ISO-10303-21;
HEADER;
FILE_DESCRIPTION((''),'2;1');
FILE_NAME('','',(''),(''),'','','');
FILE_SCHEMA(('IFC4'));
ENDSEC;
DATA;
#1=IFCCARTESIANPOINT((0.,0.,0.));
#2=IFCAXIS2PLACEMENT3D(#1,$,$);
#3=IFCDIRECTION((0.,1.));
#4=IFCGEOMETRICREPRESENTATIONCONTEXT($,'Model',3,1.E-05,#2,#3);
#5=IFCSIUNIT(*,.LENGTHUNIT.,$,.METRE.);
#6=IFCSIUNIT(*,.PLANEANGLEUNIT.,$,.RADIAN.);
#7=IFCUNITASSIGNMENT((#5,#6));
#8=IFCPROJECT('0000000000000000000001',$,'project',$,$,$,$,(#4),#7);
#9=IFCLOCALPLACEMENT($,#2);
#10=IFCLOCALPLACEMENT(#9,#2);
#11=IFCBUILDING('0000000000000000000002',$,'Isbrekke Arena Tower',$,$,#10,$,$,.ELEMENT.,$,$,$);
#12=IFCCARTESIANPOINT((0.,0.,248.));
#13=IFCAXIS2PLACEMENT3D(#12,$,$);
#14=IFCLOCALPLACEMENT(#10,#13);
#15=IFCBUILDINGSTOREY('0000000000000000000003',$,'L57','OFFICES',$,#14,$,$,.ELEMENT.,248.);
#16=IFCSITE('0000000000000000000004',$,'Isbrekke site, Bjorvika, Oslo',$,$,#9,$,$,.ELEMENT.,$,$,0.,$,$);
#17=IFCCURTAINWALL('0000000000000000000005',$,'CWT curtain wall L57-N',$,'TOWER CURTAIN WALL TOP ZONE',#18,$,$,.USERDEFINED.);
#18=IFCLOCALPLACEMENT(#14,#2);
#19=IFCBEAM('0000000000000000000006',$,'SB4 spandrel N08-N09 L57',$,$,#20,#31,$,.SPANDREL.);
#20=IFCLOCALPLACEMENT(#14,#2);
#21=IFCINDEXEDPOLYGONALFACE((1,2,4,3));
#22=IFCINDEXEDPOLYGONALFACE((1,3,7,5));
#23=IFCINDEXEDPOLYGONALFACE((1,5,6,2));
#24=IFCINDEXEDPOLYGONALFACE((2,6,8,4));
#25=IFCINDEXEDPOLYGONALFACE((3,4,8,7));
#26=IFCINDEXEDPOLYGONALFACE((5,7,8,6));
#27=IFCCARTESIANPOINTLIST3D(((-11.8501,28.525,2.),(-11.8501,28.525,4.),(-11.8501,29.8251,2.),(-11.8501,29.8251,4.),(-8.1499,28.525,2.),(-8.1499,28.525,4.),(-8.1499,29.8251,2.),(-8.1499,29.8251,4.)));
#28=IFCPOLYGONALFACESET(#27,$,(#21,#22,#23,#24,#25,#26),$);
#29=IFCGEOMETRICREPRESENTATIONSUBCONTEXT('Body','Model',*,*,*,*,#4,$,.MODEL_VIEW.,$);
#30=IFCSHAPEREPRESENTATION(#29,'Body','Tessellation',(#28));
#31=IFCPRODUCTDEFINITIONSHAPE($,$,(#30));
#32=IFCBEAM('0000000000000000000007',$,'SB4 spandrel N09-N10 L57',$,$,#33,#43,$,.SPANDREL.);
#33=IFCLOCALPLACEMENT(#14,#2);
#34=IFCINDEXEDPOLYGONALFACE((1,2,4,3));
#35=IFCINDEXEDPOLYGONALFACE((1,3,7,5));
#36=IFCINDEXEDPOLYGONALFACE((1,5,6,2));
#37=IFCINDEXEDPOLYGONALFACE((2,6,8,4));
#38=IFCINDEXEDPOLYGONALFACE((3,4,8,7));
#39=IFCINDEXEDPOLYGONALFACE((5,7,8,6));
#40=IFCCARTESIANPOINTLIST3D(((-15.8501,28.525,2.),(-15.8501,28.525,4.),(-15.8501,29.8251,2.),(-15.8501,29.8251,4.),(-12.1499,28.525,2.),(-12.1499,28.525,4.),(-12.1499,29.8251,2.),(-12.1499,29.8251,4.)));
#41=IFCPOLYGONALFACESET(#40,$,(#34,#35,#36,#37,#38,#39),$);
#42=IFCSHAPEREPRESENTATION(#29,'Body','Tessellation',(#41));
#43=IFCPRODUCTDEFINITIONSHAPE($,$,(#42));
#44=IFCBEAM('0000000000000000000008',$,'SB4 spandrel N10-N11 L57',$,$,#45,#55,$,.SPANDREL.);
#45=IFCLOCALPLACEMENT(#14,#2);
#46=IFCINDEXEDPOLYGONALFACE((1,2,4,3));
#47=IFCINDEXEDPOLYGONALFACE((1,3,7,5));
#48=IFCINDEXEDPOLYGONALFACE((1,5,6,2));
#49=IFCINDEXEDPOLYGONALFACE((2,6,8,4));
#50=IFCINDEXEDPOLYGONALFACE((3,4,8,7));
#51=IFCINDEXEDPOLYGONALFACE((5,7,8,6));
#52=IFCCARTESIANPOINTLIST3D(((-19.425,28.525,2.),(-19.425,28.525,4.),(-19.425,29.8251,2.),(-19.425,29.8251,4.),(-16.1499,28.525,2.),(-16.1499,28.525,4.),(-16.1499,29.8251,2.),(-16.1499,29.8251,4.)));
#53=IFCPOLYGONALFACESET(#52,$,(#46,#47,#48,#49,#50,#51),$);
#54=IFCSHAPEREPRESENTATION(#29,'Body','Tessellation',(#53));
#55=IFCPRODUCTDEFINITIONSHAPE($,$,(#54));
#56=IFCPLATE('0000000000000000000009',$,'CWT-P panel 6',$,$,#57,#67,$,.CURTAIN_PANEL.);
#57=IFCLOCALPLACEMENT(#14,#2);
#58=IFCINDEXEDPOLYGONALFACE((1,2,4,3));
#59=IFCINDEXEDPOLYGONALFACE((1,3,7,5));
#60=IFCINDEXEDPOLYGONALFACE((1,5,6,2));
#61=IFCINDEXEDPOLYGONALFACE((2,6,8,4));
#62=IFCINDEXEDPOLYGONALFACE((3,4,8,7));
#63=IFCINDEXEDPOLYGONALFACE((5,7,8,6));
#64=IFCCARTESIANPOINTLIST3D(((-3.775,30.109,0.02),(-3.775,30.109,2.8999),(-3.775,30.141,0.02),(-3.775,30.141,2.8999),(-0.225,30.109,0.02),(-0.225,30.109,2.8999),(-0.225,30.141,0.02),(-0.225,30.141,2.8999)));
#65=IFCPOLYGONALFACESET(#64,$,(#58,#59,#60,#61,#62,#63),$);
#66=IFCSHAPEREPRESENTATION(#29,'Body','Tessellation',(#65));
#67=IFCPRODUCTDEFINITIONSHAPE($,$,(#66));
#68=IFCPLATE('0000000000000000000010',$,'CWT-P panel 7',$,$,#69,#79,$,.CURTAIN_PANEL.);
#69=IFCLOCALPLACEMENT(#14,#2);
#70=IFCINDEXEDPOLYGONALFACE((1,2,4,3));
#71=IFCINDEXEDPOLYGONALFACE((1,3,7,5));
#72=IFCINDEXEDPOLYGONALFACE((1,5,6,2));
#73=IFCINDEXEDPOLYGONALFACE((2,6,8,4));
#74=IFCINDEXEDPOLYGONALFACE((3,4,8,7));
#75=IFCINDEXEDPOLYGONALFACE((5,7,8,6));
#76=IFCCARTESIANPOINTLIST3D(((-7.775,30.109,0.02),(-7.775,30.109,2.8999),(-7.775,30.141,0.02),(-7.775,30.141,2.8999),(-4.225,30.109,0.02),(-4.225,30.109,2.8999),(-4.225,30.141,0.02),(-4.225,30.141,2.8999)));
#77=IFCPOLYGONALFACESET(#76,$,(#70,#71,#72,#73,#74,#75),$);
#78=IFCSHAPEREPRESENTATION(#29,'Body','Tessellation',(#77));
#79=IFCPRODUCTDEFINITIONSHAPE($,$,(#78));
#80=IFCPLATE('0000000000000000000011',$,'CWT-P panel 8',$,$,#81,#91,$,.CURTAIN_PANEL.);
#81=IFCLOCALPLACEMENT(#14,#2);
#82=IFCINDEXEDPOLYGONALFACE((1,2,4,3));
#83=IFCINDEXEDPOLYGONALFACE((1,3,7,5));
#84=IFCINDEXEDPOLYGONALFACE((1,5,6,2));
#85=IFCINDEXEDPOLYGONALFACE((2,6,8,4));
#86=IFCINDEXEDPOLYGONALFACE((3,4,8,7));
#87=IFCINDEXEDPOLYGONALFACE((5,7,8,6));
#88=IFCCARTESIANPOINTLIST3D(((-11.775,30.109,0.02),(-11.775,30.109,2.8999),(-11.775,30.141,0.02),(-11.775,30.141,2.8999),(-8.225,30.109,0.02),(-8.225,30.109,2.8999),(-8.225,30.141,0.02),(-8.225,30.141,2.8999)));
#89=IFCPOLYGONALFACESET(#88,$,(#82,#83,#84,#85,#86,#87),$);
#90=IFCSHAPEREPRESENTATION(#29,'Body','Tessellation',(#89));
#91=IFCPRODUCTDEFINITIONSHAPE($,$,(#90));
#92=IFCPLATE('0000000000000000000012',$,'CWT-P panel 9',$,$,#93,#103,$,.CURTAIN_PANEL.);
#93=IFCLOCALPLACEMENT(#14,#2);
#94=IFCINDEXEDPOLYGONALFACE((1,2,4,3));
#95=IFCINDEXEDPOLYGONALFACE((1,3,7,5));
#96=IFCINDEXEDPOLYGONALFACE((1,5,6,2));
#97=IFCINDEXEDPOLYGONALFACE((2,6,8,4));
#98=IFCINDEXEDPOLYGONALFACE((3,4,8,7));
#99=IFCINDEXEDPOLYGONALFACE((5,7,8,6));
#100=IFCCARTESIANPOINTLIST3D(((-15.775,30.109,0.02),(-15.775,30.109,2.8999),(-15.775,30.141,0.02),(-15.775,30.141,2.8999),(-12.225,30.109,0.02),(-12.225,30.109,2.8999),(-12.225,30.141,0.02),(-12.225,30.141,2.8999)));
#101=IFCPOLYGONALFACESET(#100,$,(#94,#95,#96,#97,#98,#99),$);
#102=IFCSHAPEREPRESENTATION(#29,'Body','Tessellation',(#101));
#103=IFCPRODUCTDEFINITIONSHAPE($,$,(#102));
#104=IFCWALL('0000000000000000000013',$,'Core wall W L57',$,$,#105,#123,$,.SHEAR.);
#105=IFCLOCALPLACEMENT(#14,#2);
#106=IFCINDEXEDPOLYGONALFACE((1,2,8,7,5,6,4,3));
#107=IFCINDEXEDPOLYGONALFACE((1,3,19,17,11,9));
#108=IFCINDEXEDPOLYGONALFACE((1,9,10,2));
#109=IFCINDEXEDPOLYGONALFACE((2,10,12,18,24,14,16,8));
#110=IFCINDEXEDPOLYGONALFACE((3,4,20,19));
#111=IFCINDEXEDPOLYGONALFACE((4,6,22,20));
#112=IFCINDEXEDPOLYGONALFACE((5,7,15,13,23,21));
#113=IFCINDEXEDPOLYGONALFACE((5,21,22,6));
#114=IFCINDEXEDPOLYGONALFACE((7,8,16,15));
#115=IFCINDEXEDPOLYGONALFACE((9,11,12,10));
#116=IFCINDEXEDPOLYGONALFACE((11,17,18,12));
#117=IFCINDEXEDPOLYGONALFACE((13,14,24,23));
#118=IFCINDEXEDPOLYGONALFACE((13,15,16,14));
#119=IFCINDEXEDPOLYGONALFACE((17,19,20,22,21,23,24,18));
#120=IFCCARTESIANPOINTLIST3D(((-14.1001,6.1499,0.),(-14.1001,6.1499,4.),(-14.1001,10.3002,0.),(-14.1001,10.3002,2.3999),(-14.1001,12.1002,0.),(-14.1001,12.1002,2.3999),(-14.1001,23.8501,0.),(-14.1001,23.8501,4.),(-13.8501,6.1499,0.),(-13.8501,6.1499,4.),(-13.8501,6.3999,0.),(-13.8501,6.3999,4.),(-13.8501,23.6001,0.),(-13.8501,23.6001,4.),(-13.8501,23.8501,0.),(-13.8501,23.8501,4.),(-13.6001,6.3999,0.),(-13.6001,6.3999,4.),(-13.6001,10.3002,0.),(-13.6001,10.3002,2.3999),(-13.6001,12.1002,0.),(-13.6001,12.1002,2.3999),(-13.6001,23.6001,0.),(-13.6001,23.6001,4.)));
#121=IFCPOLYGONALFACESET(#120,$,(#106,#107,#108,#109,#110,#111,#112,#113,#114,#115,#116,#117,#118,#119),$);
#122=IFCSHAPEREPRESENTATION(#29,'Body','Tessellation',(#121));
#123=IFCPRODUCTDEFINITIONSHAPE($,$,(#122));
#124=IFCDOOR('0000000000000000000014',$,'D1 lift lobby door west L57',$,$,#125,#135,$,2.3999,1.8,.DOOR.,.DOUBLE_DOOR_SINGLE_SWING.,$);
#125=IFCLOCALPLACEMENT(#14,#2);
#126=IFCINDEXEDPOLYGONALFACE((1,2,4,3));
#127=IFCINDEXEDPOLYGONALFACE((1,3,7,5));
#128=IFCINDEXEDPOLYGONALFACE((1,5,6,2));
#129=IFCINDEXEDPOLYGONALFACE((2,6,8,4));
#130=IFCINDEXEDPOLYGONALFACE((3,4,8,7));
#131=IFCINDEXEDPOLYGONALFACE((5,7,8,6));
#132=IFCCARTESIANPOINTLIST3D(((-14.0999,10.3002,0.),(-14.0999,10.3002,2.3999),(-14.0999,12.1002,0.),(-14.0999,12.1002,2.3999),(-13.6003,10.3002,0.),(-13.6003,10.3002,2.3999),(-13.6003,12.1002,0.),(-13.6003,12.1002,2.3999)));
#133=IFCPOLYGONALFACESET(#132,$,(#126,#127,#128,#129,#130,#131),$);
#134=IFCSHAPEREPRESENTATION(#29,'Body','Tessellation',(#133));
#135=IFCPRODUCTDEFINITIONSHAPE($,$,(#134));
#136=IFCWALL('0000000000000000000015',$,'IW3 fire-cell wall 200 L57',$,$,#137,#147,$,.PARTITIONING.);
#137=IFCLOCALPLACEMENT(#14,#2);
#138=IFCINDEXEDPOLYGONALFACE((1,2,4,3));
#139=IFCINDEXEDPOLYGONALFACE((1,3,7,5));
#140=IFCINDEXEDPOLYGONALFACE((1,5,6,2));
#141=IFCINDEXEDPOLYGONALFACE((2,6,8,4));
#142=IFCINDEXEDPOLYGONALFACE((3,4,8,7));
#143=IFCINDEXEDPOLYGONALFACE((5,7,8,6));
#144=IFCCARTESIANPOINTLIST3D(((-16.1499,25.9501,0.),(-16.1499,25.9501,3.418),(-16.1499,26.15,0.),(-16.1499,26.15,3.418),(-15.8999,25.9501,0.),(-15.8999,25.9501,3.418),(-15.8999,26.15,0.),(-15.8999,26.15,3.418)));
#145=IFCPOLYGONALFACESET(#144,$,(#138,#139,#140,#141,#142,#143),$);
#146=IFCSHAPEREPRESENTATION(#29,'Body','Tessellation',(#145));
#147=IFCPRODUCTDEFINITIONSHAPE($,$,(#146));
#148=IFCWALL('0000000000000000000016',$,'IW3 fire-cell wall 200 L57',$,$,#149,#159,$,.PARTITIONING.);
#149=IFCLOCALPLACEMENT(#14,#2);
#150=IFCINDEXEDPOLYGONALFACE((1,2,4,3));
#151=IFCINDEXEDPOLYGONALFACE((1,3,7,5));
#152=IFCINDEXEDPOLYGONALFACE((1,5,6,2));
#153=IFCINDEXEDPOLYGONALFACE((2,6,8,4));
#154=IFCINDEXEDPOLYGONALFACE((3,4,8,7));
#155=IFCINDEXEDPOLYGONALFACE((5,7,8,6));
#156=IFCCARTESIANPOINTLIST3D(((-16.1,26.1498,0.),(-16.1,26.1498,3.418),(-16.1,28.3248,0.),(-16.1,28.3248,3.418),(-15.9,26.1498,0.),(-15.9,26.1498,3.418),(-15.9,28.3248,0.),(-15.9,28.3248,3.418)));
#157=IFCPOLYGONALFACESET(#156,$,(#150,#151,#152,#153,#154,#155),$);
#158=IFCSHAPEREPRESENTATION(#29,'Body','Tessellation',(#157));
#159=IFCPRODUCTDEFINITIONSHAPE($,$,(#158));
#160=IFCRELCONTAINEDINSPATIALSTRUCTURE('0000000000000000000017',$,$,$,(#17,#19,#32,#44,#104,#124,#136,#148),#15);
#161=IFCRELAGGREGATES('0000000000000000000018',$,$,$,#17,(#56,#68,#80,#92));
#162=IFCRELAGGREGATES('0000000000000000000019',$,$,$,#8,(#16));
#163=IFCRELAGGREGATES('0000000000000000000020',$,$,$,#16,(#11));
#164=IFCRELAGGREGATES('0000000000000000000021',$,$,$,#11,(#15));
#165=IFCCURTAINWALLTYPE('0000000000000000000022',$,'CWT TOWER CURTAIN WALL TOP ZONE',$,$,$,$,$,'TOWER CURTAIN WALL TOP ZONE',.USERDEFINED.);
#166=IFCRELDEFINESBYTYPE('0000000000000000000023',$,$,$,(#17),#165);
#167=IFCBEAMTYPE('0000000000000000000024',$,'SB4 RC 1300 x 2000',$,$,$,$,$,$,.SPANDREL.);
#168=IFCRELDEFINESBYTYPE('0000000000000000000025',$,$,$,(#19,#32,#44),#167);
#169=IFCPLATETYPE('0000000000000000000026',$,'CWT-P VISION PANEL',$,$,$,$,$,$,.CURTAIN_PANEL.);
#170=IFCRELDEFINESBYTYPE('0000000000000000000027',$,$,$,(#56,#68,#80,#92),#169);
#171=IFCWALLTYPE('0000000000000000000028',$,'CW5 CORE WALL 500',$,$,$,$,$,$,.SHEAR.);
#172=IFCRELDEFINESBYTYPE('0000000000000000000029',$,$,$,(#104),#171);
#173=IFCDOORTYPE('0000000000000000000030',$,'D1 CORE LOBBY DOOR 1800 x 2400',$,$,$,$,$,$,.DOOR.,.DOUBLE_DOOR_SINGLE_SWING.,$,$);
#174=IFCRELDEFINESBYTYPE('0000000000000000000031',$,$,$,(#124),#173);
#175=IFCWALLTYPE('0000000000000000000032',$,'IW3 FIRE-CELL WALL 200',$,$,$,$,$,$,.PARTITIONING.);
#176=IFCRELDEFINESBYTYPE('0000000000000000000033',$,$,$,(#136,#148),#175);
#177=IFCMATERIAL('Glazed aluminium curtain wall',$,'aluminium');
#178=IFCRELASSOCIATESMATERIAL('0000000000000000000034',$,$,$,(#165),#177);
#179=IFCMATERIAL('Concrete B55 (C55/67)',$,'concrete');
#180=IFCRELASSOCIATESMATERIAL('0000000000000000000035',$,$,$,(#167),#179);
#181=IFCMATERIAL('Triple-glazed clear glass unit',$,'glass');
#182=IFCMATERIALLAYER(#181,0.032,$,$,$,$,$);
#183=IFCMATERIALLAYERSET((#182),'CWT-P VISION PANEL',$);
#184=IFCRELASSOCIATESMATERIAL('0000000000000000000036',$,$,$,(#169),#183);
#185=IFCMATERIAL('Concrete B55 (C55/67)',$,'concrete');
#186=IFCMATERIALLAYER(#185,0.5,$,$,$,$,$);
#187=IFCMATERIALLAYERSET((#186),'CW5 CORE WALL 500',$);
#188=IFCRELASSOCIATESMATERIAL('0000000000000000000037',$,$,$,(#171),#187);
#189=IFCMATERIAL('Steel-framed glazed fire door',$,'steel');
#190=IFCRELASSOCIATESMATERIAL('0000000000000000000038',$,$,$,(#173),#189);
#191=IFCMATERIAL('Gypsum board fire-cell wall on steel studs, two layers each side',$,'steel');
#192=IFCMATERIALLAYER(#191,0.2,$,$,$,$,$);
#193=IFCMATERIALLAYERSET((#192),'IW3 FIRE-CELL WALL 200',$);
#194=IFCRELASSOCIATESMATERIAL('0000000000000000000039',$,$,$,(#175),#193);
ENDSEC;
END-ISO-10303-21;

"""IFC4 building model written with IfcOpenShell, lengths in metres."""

from ifc_helpers import new_model, si_unit, direction, frame, frame_2d, origin, origin_2d, place, context, subcontext, project, spatial, polyline, rectangle, outline, extrude, material, layer, layer_set, material_profile, profile_set, type_object, element, fill, aggregate, save


model = new_model("IFC4")

# Units and contexts
model_context = context("Model", 3, precision=1e-05, world=origin(), true_north=direction((0.0, 1.0)))
body_context = subcontext(model_context, "Body", "Model", "MODEL_VIEW")
ifc_project = project(units=[si_unit("LENGTHUNIT", "METRE"), si_unit("PLANEANGLEUNIT", "RADIAN")], contexts=[model_context])

# Site, building, storey
site_placement = place(None, origin())
site = spatial("IfcSite", under=ifc_project, at=site_placement, Name="Isbrekke site, Bjorvika, Oslo", CompositionType="ELEMENT", RefElevation=0.0)
building_placement = place(site_placement, origin())
building = spatial("IfcBuilding", under=site, at=building_placement, Name="Isbrekke Arena Tower", CompositionType="ELEMENT")
storey_placement = place(building_placement, frame((0.0, 0.0, 248.0)))
storey = spatial("IfcBuildingStorey", under=building, at=storey_placement, Name="L57", Description="OFFICES", CompositionType="ELEMENT", Elevation=248.0)

# Curtain wall
ifc_material_1 = material(Name="Glazed aluminium curtain wall", Category="aluminium")
curtain_wall_type = type_object("IfcCurtainWallType", Name="CWT TOWER CURTAIN WALL TOP ZONE", ElementType="TOWER CURTAIN WALL TOP ZONE", PredefinedType="USERDEFINED", material=ifc_material_1)
curtain_wall_placement = place(storey_placement, origin())
curtain_wall = element("IfcCurtainWall", 1, at=curtain_wall_placement, inside=storey, type_object=curtain_wall_type, Name="CWT curtain wall L57-N", ObjectType="TOWER CURTAIN WALL TOP ZONE", PredefinedType="USERDEFINED")

# Beams
ifc_material_2 = material(Name="Concrete B55 (C55/67)", Category="concrete")
ifc_material_profile_1 = material_profile(ifc_material_2, rectangle(XDim=1.3, YDim=2.0, at=origin_2d()), Name="RC 1300x2000")
ifc_profile_set_1 = profile_set([ifc_material_profile_1], Name="Concrete B55 (C55/67)")
beam_type_1 = type_object("IfcBeamType", Name="SB4 RC 1300 x 2000", PredefinedType="SPANDREL", material=ifc_profile_set_1)
for number, where, z_axis, x_axis, name in (
    (2, (-8.1499, 29.175, 3.0), (-1.0, 0.0, 0.0), (0.0, -1.0, 0.0), "SB4 spandrel N08-N09 L57"),
    (3, (-12.1499, 29.175, 3.0), (-1.0, 0.0, 0.0), (0.0, -1.0, 0.0), "SB4 spandrel N09-N10 L57"),
):
    element("IfcBeam", number, at=place(storey_placement, frame(where, z_axis=z_axis, x_axis=x_axis)), inside=storey, type_object=beam_type_1, Name=name, PredefinedType="SPANDREL", context=body_context, shape_type="SweptSolid", body=[
        extrude(rectangle(XDim=1.3, YDim=2.0, at=origin_2d()), origin(), (0.0, 0.0, 1.0), 3.7002),
    ])
beam_1_placement = place(storey_placement, frame((-16.1499, 29.175, 3.0), z_axis=(-1.0, 0.0, 0.0), x_axis=(0.0, -1.0, 0.0)))
element("IfcBeam", 4, at=beam_1_placement, inside=storey, type_object=beam_type_1, Name="SB4 spandrel N10-N11 L57", PredefinedType="SPANDREL", context=body_context, shape_type="SweptSolid", body=[
    extrude(rectangle(XDim=1.3, YDim=2.0, at=origin_2d()), origin(), (0.0, 0.0, 1.0), 3.2751),
])

# Plates
ifc_material_3 = material(Name="Triple-glazed clear glass unit", Category="glass")
ifc_layer_1 = layer(ifc_material_3, 0.032)
ifc_layer_set_1 = layer_set([ifc_layer_1], Name="CWT-P VISION PANEL")
plate_type = type_object("IfcPlateType", Name="CWT-P VISION PANEL", PredefinedType="CURTAIN_PANEL", material=ifc_layer_set_1)
plate_1_placement = place(storey_placement, frame((-2.0, 30.125, 0.02), z_axis=(0.0, 0.0, 1.0), x_axis=(-1.0, 0.0, 0.0)))
plate_1 = element("IfcPlate", 5, at=plate_1_placement, type_object=plate_type, Name="CWT-P panel 6", PredefinedType="CURTAIN_PANEL", context=body_context, shape_type="SweptSolid", body=[
    extrude(rectangle(XDim=3.55, YDim=0.032, at=origin_2d()), origin(), (0.0, 0.0, 1.0), 2.8799),
])
plate_2_placement = place(storey_placement, frame((-6.0, 30.125, 0.02), z_axis=(0.0, 0.0, 1.0), x_axis=(-1.0, 0.0, 0.0)))
plate_2 = element("IfcPlate", 6, at=plate_2_placement, type_object=plate_type, Name="CWT-P panel 7", PredefinedType="CURTAIN_PANEL", context=body_context, shape_type="SweptSolid", body=[
    extrude(rectangle(XDim=3.55, YDim=0.032, at=origin_2d()), origin(), (0.0, 0.0, 1.0), 2.8799),
])
plate_3_placement = place(storey_placement, frame((-10.0, 30.125, 0.02), z_axis=(0.0, 0.0, 1.0), x_axis=(-1.0, 0.0, 0.0)))
plate_3 = element("IfcPlate", 7, at=plate_3_placement, type_object=plate_type, Name="CWT-P panel 8", PredefinedType="CURTAIN_PANEL", context=body_context, shape_type="SweptSolid", body=[
    extrude(rectangle(XDim=3.55, YDim=0.032, at=origin_2d()), origin(), (0.0, 0.0, 1.0), 2.8799),
])
plate_4_placement = place(storey_placement, frame((-14.0, 30.125, 0.02), z_axis=(0.0, 0.0, 1.0), x_axis=(-1.0, 0.0, 0.0)))
plate_4 = element("IfcPlate", 8, at=plate_4_placement, type_object=plate_type, Name="CWT-P panel 9", PredefinedType="CURTAIN_PANEL", context=body_context, shape_type="SweptSolid", body=[
    extrude(rectangle(XDim=3.55, YDim=0.032, at=origin_2d()), origin(), (0.0, 0.0, 1.0), 2.8799),
])
aggregate(curtain_wall, [plate_1, plate_2, plate_3, plate_4])

# Wall, opening, door
ifc_material_4 = material(Name="Concrete B55 (C55/67)", Category="concrete")
ifc_layer_2 = layer(ifc_material_4, 0.5)
ifc_layer_set_2 = layer_set([ifc_layer_2], Name="CW5 CORE WALL 500")
wall_type_1 = type_object("IfcWallType", Name="CW5 CORE WALL 500", PredefinedType="SHEAR", material=ifc_layer_set_2)
wall_1_placement = place(storey_placement, frame((-13.8501, 23.8501, 0.0), z_axis=(0.0, 0.0, 1.0), x_axis=(0.0, -1.0, 0.0)))
wall_1 = element("IfcWall", 9, at=wall_1_placement, inside=storey, type_object=wall_type_1, Name="Core wall W L57", PredefinedType="SHEAR", context=body_context, shape_type="SweptSolid", body=[
    extrude(outline(polyline([(0.0, -0.25), (17.7002, -0.25), (17.7002, 0.0), (17.4502, 0.0), (17.4502, 0.25), (0.25, 0.25), (0.25, 0.0), (0.0, 0.0), (0.0, -0.25)])), origin(), (0.0, 0.0, 1.0), 4.0),
])
opening_placement = place(wall_1_placement, frame((11.75, 0.0, 0.0)))
opening = element("IfcOpeningElement", 10, at=opening_placement, cuts=wall_1, PredefinedType="OPENING", context=body_context, shape_type="SweptSolid", body=[
    extrude(rectangle(XDim=1.8, YDim=2.3999, at=frame_2d((0.8999, 1.2))), frame((0.0, 0.2649, 0.0), z_axis=(0.0, -1.0, 0.0), x_axis=(1.0, 0.0, 0.0)), (0.0, 0.0, 1.0), 0.5298),
])
ifc_material_5 = material(Name="Steel-framed glazed fire door", Category="steel")
door_type = type_object("IfcDoorType", Name="D1 CORE LOBBY DOOR 1800 x 2400", OperationType="DOUBLE_DOOR_SINGLE_SWING", PredefinedType="DOOR", material=ifc_material_5)
door_placement = place(opening_placement, origin())
door = element("IfcDoor", 11, at=door_placement, inside=storey, type_object=door_type, Name="D1 lift lobby door west L57", OperationType="DOUBLE_DOOR_SINGLE_SWING", OverallHeight=2.3999, OverallWidth=1.8, PredefinedType="DOOR", context=body_context, shape_type="SweptSolid", body=[
    extrude(rectangle(XDim=1.8, YDim=2.3999, at=frame_2d((0.8999, 1.2))), frame((0.0, 0.2498, 0.0), z_axis=(0.0, -1.0, 0.0), x_axis=(1.0, 0.0, 0.0)), (0.0, 0.0, 1.0), 0.4995),
])
fill(opening, door)

# Walls
ifc_material_6 = material(Name="Gypsum board fire-cell wall on steel studs, two layers each side", Category="steel")
ifc_layer_3 = layer(ifc_material_6, 0.2)
ifc_layer_set_3 = layer_set([ifc_layer_3], Name="IW3 FIRE-CELL WALL 200")
wall_type_2 = type_object("IfcWallType", Name="IW3 FIRE-CELL WALL 200", PredefinedType="PARTITIONING", material=ifc_layer_set_3)
wall_2_placement = place(storey_placement, frame((-16.1499, 26.05, 0.0), z_axis=(0.0, 0.0, 1.0), x_axis=(1.0, 0.0, 0.0)))
element("IfcWall", 12, at=wall_2_placement, inside=storey, type_object=wall_type_2, Name="IW3 fire-cell wall 200 L57", PredefinedType="PARTITIONING", context=body_context, shape_type="SweptSolid", body=[
    extrude(rectangle(XDim=0.25, YDim=0.2, at=frame_2d((0.125, 0.0))), origin(), (0.0, 0.0, 1.0), 3.418),
])
wall_3_placement = place(storey_placement, frame((-16.0, 26.1499, 0.0), z_axis=(0.0, 0.0, 1.0), x_axis=(0.0, 1.0, 0.0)))
element("IfcWall", 13, at=wall_3_placement, inside=storey, type_object=wall_type_2, Name="IW3 fire-cell wall 200 L57", PredefinedType="PARTITIONING", context=body_context, shape_type="SweptSolid", body=[
    extrude(rectangle(XDim=2.175, YDim=0.2, at=frame_2d((1.0874, 0.0))), origin(), (0.0, 0.0, 1.0), 3.418),
])

save(model, "model.ifc")
